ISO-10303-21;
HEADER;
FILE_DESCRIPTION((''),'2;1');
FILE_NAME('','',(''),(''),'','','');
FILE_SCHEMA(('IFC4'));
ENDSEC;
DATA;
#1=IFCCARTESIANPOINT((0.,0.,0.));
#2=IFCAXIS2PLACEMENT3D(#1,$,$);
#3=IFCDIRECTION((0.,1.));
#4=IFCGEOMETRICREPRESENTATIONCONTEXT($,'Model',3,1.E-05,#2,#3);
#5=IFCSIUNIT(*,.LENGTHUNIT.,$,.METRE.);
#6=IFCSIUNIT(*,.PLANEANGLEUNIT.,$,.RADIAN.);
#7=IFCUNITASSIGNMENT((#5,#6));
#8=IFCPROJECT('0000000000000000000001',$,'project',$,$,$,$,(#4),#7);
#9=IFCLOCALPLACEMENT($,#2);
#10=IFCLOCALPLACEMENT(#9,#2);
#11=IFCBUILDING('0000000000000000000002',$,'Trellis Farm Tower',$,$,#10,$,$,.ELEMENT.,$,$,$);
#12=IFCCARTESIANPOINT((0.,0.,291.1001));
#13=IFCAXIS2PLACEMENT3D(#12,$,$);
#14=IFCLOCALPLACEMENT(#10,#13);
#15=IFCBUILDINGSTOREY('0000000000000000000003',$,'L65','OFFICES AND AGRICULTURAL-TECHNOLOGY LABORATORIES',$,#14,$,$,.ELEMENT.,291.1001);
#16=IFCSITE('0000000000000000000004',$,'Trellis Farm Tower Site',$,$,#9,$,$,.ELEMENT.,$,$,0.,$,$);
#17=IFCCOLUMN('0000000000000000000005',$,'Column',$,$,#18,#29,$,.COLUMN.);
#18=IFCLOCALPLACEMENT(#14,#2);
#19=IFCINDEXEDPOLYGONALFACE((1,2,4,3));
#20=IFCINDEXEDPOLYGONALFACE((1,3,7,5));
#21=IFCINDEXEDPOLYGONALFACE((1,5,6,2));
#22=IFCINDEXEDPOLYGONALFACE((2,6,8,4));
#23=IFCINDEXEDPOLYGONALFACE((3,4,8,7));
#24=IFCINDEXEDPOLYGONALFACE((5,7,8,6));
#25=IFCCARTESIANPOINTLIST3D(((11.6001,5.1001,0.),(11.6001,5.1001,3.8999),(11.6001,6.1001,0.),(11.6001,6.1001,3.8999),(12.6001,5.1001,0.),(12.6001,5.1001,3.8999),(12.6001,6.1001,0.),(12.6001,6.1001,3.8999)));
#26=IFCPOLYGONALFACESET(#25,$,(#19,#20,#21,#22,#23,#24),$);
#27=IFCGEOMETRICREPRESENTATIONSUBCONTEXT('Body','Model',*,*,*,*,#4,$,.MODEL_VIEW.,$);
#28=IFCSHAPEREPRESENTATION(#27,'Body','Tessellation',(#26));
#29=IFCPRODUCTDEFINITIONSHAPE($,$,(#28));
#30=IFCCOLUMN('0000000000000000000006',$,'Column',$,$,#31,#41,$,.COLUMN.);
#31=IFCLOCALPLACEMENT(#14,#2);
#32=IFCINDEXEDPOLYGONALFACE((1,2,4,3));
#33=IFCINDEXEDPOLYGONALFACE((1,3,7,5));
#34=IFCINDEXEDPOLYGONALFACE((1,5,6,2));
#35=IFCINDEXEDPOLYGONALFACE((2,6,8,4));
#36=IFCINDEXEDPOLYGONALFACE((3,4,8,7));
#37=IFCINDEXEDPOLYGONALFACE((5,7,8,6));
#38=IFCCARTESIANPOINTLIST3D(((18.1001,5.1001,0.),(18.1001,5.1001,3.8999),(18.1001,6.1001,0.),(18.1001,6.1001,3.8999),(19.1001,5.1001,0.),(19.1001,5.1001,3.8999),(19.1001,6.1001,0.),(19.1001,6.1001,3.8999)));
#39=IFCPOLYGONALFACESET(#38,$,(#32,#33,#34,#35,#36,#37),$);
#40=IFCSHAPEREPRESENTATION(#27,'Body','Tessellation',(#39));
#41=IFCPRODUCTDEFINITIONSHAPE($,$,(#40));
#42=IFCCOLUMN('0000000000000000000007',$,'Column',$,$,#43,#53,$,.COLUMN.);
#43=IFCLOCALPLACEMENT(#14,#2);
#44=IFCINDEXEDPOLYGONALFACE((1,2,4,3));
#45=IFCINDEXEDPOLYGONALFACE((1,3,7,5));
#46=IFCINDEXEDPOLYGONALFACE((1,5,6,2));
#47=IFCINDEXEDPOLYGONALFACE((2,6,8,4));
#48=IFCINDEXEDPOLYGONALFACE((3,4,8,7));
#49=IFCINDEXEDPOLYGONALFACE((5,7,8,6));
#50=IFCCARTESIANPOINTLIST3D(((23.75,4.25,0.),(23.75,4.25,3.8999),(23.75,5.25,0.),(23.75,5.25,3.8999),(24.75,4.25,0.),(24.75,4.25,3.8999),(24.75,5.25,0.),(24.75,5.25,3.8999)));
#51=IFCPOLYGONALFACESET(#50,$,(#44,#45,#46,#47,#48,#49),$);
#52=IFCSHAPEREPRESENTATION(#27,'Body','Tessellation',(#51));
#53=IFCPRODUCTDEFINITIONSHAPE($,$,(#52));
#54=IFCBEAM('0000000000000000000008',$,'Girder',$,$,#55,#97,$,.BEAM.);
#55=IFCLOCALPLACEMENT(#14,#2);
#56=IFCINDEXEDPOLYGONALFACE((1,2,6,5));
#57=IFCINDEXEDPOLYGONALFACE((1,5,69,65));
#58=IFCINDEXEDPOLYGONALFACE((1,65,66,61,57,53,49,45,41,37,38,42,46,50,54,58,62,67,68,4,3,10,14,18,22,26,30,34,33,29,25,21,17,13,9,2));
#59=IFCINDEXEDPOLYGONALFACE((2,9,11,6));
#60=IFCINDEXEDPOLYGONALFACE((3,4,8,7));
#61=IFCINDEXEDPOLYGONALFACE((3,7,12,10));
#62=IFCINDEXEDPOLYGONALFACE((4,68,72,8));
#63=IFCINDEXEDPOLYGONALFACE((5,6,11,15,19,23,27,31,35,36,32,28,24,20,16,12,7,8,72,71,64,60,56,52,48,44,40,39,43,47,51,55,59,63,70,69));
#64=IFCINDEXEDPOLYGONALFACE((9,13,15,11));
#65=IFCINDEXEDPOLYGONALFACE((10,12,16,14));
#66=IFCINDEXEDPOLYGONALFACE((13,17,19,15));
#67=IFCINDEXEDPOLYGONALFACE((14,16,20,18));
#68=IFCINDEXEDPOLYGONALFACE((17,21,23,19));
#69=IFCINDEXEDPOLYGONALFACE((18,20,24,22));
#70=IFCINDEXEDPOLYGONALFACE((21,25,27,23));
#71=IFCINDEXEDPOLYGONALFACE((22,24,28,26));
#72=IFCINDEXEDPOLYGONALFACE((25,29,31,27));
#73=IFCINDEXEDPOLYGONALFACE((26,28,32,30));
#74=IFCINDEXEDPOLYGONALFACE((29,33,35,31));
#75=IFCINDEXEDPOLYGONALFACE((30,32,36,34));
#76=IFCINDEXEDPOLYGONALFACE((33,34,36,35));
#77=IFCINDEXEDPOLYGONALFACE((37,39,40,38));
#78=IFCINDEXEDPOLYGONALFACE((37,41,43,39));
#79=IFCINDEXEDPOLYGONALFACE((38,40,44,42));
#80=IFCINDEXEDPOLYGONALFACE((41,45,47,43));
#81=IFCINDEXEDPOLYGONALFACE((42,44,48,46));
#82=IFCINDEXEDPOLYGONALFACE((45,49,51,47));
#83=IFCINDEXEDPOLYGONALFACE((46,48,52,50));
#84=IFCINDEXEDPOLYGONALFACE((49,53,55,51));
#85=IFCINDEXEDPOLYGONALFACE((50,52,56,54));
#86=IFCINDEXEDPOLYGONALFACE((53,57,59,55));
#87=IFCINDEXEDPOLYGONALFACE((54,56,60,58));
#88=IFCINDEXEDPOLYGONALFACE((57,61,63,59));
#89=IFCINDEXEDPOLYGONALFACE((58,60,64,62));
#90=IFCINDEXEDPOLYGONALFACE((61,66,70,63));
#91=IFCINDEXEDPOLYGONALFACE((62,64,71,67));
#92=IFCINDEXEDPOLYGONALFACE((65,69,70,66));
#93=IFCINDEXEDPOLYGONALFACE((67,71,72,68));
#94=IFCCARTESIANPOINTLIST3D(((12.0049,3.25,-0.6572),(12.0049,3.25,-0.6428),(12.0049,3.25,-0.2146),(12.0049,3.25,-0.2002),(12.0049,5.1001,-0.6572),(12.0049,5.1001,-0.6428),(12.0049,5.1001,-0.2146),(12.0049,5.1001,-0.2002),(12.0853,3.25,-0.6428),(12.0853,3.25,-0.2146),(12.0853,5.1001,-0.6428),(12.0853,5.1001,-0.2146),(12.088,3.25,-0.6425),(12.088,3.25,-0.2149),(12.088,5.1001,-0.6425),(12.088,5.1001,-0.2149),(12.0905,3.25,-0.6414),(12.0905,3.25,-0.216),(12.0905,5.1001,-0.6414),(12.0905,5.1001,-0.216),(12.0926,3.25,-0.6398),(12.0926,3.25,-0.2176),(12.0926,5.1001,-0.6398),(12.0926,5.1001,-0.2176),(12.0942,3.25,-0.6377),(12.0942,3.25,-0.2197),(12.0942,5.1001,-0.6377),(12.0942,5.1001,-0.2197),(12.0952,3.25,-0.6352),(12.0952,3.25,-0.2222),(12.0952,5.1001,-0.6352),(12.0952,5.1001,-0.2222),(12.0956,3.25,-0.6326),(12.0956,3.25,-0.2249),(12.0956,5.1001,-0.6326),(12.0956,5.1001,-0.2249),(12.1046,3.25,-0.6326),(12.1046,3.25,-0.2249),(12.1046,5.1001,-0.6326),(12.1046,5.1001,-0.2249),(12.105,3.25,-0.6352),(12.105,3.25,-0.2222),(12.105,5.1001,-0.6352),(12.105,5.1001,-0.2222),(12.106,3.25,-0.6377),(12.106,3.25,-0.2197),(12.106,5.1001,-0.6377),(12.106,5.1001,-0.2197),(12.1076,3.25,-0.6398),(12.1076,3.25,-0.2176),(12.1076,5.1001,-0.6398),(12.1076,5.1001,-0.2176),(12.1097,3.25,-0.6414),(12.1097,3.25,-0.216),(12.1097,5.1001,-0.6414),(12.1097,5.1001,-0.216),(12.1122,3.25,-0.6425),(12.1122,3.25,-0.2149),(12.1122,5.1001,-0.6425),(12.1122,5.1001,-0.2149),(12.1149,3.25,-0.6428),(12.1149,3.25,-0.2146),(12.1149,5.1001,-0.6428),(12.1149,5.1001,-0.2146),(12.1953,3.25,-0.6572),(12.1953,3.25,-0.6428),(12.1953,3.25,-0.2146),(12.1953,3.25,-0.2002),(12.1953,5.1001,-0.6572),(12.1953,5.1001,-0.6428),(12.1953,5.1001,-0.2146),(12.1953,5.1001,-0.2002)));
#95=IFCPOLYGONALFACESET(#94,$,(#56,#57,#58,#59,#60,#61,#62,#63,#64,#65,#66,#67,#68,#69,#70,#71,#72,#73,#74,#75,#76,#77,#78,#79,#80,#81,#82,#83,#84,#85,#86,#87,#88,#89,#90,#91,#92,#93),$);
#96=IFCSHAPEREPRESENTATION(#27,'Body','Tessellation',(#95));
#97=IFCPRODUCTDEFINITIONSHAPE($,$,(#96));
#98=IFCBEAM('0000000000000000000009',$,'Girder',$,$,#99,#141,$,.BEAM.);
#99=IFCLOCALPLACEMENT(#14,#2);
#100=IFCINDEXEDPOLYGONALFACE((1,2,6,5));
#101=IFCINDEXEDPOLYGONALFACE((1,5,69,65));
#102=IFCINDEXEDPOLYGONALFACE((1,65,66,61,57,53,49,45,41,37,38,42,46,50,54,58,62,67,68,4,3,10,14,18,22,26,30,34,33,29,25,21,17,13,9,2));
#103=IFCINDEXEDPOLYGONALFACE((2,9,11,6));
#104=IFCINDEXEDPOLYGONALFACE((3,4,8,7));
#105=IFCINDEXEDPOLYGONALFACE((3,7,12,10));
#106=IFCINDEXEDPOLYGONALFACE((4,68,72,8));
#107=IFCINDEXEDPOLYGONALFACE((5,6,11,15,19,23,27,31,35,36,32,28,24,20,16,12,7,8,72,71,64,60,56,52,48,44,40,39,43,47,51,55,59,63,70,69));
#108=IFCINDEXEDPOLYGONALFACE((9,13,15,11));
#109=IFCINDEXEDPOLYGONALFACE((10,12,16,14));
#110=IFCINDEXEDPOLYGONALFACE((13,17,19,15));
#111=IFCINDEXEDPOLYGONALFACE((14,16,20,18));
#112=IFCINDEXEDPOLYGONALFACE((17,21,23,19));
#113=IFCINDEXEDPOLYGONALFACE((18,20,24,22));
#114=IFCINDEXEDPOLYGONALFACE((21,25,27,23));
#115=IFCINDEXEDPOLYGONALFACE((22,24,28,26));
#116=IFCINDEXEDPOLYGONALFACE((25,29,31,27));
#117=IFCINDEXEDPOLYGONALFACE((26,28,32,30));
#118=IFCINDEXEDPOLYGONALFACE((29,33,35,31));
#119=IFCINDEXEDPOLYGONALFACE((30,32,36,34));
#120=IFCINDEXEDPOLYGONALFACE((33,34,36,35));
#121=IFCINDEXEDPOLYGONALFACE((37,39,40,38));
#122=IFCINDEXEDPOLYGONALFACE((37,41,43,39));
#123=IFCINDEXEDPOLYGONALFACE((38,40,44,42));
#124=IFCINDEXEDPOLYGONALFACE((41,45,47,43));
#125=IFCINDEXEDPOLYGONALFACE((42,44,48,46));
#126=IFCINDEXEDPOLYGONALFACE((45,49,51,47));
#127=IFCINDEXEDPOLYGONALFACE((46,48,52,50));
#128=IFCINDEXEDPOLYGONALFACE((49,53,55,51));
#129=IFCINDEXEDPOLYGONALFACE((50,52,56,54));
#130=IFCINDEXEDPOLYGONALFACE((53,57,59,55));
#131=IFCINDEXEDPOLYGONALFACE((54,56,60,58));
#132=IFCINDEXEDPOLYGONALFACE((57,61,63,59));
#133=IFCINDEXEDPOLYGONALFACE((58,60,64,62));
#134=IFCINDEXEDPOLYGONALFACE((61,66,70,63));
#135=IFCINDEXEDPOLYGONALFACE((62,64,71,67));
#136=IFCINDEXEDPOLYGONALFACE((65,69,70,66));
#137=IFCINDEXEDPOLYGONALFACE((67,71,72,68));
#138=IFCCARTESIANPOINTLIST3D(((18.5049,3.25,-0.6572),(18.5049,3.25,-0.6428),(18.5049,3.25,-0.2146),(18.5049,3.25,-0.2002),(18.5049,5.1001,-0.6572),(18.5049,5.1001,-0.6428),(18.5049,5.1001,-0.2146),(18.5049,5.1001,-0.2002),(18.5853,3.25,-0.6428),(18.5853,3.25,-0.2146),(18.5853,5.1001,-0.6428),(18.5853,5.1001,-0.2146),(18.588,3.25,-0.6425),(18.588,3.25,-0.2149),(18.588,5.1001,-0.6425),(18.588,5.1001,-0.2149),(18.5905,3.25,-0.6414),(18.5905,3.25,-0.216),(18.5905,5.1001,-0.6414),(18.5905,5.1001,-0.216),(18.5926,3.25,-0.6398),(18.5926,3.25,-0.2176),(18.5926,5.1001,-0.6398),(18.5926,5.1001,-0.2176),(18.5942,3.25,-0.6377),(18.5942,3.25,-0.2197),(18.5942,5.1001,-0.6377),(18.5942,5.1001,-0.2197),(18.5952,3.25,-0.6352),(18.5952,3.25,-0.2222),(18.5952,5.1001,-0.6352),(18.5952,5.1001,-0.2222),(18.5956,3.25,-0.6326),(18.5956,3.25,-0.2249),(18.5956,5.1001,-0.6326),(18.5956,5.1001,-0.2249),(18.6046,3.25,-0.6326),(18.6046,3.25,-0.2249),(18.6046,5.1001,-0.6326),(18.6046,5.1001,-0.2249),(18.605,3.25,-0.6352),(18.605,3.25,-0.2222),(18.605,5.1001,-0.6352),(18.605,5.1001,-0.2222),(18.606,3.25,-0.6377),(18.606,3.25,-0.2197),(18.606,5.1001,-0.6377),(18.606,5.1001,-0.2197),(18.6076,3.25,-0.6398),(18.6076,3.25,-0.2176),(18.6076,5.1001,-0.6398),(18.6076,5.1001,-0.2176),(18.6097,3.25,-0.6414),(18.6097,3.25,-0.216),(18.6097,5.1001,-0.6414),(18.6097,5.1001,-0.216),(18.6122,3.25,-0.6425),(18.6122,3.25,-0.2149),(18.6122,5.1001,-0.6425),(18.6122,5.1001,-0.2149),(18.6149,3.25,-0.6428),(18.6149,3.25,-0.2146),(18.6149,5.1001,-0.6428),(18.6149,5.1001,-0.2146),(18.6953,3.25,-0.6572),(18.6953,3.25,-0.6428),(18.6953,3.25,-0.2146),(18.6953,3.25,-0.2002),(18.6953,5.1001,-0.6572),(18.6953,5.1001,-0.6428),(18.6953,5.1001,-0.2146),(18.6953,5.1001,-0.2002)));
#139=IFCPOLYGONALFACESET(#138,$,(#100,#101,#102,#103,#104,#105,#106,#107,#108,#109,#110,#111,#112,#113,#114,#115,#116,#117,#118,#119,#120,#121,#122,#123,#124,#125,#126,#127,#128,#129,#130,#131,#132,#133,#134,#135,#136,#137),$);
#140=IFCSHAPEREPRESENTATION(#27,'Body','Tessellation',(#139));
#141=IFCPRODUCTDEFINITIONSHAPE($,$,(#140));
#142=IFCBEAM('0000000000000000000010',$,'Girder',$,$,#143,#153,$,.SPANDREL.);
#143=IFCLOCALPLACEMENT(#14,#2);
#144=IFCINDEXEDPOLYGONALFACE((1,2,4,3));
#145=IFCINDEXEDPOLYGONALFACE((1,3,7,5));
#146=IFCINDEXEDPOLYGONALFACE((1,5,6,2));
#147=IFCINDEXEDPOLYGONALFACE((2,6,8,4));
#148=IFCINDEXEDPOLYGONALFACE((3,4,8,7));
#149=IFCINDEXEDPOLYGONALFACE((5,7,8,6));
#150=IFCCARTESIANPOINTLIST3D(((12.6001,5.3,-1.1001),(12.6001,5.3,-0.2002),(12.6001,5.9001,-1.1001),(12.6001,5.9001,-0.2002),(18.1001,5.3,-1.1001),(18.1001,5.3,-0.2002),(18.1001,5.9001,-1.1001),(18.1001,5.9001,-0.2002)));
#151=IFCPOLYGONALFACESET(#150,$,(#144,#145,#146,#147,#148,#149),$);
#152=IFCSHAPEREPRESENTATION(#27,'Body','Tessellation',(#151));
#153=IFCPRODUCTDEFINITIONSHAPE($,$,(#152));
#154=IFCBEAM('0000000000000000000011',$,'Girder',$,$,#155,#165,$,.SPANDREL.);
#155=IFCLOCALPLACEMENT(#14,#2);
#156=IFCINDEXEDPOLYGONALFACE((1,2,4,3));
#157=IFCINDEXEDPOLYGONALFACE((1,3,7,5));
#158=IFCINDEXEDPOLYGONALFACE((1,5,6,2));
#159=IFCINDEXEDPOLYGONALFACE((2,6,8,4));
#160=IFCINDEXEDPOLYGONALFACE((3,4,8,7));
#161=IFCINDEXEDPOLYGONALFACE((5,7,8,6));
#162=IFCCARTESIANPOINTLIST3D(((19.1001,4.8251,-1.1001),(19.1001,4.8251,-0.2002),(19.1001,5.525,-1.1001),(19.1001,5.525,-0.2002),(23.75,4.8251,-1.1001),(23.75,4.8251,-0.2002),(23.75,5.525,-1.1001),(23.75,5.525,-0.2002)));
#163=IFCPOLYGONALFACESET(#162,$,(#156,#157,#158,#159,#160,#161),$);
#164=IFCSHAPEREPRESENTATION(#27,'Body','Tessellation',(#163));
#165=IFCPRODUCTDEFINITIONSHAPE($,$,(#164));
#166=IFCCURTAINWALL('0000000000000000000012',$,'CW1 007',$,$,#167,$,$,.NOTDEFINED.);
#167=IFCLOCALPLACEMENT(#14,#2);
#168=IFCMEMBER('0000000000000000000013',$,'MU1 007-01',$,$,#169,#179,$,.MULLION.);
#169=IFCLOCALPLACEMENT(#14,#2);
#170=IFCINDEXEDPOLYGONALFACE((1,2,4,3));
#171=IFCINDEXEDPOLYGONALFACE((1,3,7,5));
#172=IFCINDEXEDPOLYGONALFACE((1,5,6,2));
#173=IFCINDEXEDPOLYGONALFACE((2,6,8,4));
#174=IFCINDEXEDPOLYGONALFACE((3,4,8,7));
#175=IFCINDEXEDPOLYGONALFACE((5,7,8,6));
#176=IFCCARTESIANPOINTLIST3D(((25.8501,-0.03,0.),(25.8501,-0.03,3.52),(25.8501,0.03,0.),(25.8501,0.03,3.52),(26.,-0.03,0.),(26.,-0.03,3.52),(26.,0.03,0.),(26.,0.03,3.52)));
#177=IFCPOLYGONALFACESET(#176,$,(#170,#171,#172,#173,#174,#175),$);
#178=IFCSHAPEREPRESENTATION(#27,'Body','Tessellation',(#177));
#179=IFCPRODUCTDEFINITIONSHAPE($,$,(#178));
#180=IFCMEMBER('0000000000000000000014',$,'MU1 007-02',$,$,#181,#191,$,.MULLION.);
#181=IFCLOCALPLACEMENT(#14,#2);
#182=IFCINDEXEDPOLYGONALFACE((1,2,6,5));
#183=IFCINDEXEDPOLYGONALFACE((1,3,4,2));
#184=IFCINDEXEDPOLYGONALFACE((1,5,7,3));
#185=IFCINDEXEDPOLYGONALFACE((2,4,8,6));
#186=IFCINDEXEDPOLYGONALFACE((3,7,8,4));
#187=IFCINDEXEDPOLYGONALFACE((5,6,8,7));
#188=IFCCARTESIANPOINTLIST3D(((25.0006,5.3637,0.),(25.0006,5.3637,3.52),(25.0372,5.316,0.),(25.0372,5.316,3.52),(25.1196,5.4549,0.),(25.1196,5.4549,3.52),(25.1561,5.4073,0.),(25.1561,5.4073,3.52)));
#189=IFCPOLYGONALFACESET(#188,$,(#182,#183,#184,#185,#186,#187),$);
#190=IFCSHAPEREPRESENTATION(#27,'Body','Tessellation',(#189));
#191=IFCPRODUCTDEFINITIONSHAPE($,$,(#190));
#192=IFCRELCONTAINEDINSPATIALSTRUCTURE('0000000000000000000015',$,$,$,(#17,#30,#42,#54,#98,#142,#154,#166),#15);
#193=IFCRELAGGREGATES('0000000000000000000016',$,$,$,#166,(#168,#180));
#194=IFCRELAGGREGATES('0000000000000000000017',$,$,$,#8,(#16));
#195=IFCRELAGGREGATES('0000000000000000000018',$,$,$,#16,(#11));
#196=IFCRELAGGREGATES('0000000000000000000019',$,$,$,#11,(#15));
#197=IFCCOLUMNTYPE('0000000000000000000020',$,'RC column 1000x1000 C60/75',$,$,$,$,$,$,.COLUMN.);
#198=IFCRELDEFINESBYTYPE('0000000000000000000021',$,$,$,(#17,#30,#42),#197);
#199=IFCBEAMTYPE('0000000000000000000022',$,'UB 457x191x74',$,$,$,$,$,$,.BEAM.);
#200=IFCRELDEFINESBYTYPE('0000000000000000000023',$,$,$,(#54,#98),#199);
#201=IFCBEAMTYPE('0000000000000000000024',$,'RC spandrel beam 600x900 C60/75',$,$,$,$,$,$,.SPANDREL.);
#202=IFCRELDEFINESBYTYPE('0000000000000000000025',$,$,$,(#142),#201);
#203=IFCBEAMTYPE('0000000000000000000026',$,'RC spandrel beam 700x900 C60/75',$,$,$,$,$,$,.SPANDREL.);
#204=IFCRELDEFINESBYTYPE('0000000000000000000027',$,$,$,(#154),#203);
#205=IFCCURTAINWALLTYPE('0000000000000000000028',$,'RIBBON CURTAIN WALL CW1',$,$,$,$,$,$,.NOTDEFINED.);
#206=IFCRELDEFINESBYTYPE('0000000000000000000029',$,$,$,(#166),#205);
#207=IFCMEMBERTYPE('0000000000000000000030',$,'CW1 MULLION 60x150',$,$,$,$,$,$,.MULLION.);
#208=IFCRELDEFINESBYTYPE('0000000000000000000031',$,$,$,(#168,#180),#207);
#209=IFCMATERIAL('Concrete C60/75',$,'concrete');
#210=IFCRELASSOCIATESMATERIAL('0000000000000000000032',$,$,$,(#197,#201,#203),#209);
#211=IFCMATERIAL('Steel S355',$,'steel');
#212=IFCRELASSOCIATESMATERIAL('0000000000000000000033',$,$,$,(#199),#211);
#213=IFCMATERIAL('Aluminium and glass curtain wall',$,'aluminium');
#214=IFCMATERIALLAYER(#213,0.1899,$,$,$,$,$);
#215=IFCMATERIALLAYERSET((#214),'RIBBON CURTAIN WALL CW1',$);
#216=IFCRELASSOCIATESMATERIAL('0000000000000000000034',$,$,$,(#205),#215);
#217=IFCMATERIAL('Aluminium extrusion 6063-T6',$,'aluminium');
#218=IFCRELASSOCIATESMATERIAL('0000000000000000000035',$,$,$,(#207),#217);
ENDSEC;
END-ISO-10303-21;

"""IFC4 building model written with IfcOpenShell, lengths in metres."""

from ifc_helpers import new_model, si_unit, direction, frame, origin, origin_2d, place, context, subcontext, project, spatial, rectangle, i_section, extrude, source, transform, mapped, material, layer, layer_set, material_profile, profile_set, type_object, element, aggregate, save


model = new_model("IFC4")

# Units and contexts
model_context = context("Model", 3, precision=1e-05, world=origin(), true_north=direction((0.0, 1.0)))
body_context = subcontext(model_context, "Body", "Model", "MODEL_VIEW")
ifc_project = project(units=[si_unit("LENGTHUNIT", "METRE"), si_unit("PLANEANGLEUNIT", "RADIAN")], contexts=[model_context])

# Site, building, storey
site_placement = place(None, origin())
site = spatial("IfcSite", under=ifc_project, at=site_placement, Name="Trellis Farm Tower Site", CompositionType="ELEMENT", RefElevation=0.0)
building_placement = place(site_placement, origin())
building = spatial("IfcBuilding", under=site, at=building_placement, Name="Trellis Farm Tower", CompositionType="ELEMENT")
storey_placement = place(building_placement, frame((0.0, 0.0, 291.1001)))
storey = spatial("IfcBuildingStorey", under=building, at=storey_placement, Name="L65", Description="OFFICES AND AGRICULTURAL-TECHNOLOGY LABORATORIES", CompositionType="ELEMENT", Elevation=291.1001)

# Columns
ifc_material_1 = material(Name="Concrete C60/75", Category="concrete")
ifc_material_profile_1 = material_profile(ifc_material_1, rectangle(XDim=1.0, YDim=1.0, at=origin_2d()), Name="RC column 1000x1000 C60/75")
ifc_profile_set_1 = profile_set([ifc_material_profile_1], Name="Concrete C60/75")
column_type = type_object("IfcColumnType", Name="RC column 1000x1000 C60/75", PredefinedType="COLUMN", material=ifc_profile_set_1)
shared_shape_1 = source(origin(), body_context, "Body", "SweptSolid", [
    extrude(rectangle(XDim=1.0, YDim=1.0, at=origin_2d()), origin(), (0.0, 0.0, 1.0), 3.8999),
])
for number, where, z_axis, x_axis, name in (
    (1, (12.1001, 5.6001, 0.0), (0.0, 0.0, 1.0), (1.0, 0.0, 0.0), "Column"),
    (2, (18.6001, 5.6001, 0.0), (0.0, 0.0, 1.0), (1.0, 0.0, 0.0), "Column"),
    (3, (24.25, 4.75, 0.0), (0.0, 0.0, 1.0), (1.0, 0.0, 0.0), "Column"),
):
    element("IfcColumn", number, at=place(storey_placement, frame(where, z_axis=z_axis, x_axis=x_axis)), inside=storey, type_object=column_type, Name=name, PredefinedType="COLUMN", context=body_context, shape_type="MappedRepresentation", body=[
        mapped(shared_shape_1, transform((0.0, 0.0, 0.0))),
    ])

# Beams
ifc_material_2 = material(Name="Steel S355", Category="steel")
ifc_material_profile_2 = material_profile(ifc_material_2, i_section(OverallWidth=0.1904, OverallDepth=0.457, WebThickness=0.009, FlangeThickness=0.0144, FilletRadius=0.0103, at=origin_2d()), Name="UB 457x191x74")
ifc_profile_set_2 = profile_set([ifc_material_profile_2], Name="Steel S355")
beam_type_1 = type_object("IfcBeamType", Name="UB 457x191x74", PredefinedType="BEAM", material=ifc_profile_set_2)
shared_shape_2 = source(origin(), body_context, "Body", "SweptSolid", [
    extrude(i_section(OverallWidth=0.1904, OverallDepth=0.457, WebThickness=0.009, FlangeThickness=0.0144, FilletRadius=0.0103, at=origin_2d()), origin(), (0.0, 0.0, 1.0), 1.8501),
])
for number, where, z_axis, x_axis, name in (
    (4, (12.1001, 3.25, -0.4287), (0.0, 1.0, 0.0), (-1.0, 0.0, 0.0), "Girder"),
    (5, (18.6001, 3.25, -0.4287), (0.0, 1.0, 0.0), (-1.0, 0.0, 0.0), "Girder"),
):
    element("IfcBeam", number, at=place(storey_placement, frame(where, z_axis=z_axis, x_axis=x_axis)), inside=storey, type_object=beam_type_1, Name=name, PredefinedType="BEAM", context=body_context, shape_type="MappedRepresentation", body=[
        mapped(shared_shape_2, transform((0.0, 0.0, 0.0))),
    ])
ifc_material_profile_3 = material_profile(ifc_material_1, rectangle(XDim=0.6001, YDim=0.8999, at=origin_2d()), Name="RC spandrel beam 600x900 C60/75")
ifc_profile_set_3 = profile_set([ifc_material_profile_3], Name="Concrete C60/75")
beam_type_2 = type_object("IfcBeamType", Name="RC spandrel beam 600x900 C60/75", PredefinedType="SPANDREL", material=ifc_profile_set_3)
shared_shape_3 = source(origin(), body_context, "Body", "SweptSolid", [
    extrude(rectangle(XDim=0.6001, YDim=0.8999, at=origin_2d()), origin(), (0.0, 0.0, 1.0), 5.5),
])
beam_1_placement = place(storey_placement, frame((12.6001, 5.6001, -0.6501), z_axis=(1.0, 0.0, 0.0), x_axis=(0.0, 1.0, 0.0)))
element("IfcBeam", 6, at=beam_1_placement, inside=storey, type_object=beam_type_2, Name="Girder", PredefinedType="SPANDREL", context=body_context, shape_type="MappedRepresentation", body=[
    mapped(shared_shape_3, transform((0.0, 0.0, 0.0))),
])
ifc_material_profile_4 = material_profile(ifc_material_1, rectangle(XDim=0.7, YDim=0.8999, at=origin_2d()), Name="RC spandrel beam 700x900 C60/75")
ifc_profile_set_4 = profile_set([ifc_material_profile_4], Name="Concrete C60/75")
beam_type_3 = type_object("IfcBeamType", Name="RC spandrel beam 700x900 C60/75", PredefinedType="SPANDREL", material=ifc_profile_set_4)
shared_shape_4 = source(origin(), body_context, "Body", "SweptSolid", [
    extrude(rectangle(XDim=0.7, YDim=0.8999, at=origin_2d()), origin(), (0.0, 0.0, 1.0), 4.6499),
])
beam_2_placement = place(storey_placement, frame((19.1001, 5.175, -0.6501), z_axis=(1.0, 0.0, 0.0), x_axis=(0.0, 1.0, 0.0)))
element("IfcBeam", 7, at=beam_2_placement, inside=storey, type_object=beam_type_3, Name="Girder", PredefinedType="SPANDREL", context=body_context, shape_type="MappedRepresentation", body=[
    mapped(shared_shape_4, transform((0.0, 0.0, 0.0))),
])

# Curtain wall, members
ifc_material_3 = material(Name="Aluminium and glass curtain wall", Category="aluminium")
ifc_layer_1 = layer(ifc_material_3, 0.1899)
ifc_layer_set_1 = layer_set([ifc_layer_1], Name="RIBBON CURTAIN WALL CW1")
curtain_wall_type = type_object("IfcCurtainWallType", Name="RIBBON CURTAIN WALL CW1", PredefinedType="NOTDEFINED", material=ifc_layer_set_1)
placement = place(storey_placement, origin())
curtain_wall_1 = element("IfcCurtainWall", 8, at=placement, inside=storey, type_object=curtain_wall_type, Name="CW1 007", PredefinedType="NOTDEFINED")
ifc_material_4 = material(Name="Aluminium extrusion 6063-T6", Category="aluminium")
ifc_material_profile_5 = material_profile(ifc_material_4, rectangle(XDim=0.0601, YDim=0.1499, at=origin_2d()), Name="MULLION 60x150")
ifc_profile_set_5 = profile_set([ifc_material_profile_5], Name="Aluminium extrusion 6063-T6")
member_type = type_object("IfcMemberType", Name="CW1 MULLION 60x150", PredefinedType="MULLION", material=ifc_profile_set_5)
shared_shape_5 = source(origin(), body_context, "Body", "SweptSolid", [
    extrude(rectangle(XDim=0.0601, YDim=0.1499, at=origin_2d()), origin(), (0.0, 0.0, 1.0), 3.52),
])
member_1_placement = place(storey_placement, frame((25.925, 0.0, 0.0), z_axis=(0.0, 0.0, 1.0), x_axis=(0.0, 1.0, 0.0)))
member_1 = element("IfcMember", 9, at=member_1_placement, type_object=member_type, Name="MU1 007-01", PredefinedType="MULLION", context=body_context, shape_type="MappedRepresentation", body=[
    mapped(shared_shape_5, transform((0.0, 0.0, 0.0))),
])
member_2_placement = place(storey_placement, frame((25.0784, 5.3855, 0.0), z_axis=(0.0, 0.0, 1.0), x_axis=(-0.608761, 0.793353, 0.0)))
member_2 = element("IfcMember", 10, at=member_2_placement, type_object=member_type, Name="MU1 007-02", PredefinedType="MULLION", context=body_context, shape_type="MappedRepresentation", body=[
    mapped(shared_shape_5, transform((0.0, 0.0, 0.0))),
])
aggregate(curtain_wall_1, [member_1, member_2])

save(model, "model.ifc")
